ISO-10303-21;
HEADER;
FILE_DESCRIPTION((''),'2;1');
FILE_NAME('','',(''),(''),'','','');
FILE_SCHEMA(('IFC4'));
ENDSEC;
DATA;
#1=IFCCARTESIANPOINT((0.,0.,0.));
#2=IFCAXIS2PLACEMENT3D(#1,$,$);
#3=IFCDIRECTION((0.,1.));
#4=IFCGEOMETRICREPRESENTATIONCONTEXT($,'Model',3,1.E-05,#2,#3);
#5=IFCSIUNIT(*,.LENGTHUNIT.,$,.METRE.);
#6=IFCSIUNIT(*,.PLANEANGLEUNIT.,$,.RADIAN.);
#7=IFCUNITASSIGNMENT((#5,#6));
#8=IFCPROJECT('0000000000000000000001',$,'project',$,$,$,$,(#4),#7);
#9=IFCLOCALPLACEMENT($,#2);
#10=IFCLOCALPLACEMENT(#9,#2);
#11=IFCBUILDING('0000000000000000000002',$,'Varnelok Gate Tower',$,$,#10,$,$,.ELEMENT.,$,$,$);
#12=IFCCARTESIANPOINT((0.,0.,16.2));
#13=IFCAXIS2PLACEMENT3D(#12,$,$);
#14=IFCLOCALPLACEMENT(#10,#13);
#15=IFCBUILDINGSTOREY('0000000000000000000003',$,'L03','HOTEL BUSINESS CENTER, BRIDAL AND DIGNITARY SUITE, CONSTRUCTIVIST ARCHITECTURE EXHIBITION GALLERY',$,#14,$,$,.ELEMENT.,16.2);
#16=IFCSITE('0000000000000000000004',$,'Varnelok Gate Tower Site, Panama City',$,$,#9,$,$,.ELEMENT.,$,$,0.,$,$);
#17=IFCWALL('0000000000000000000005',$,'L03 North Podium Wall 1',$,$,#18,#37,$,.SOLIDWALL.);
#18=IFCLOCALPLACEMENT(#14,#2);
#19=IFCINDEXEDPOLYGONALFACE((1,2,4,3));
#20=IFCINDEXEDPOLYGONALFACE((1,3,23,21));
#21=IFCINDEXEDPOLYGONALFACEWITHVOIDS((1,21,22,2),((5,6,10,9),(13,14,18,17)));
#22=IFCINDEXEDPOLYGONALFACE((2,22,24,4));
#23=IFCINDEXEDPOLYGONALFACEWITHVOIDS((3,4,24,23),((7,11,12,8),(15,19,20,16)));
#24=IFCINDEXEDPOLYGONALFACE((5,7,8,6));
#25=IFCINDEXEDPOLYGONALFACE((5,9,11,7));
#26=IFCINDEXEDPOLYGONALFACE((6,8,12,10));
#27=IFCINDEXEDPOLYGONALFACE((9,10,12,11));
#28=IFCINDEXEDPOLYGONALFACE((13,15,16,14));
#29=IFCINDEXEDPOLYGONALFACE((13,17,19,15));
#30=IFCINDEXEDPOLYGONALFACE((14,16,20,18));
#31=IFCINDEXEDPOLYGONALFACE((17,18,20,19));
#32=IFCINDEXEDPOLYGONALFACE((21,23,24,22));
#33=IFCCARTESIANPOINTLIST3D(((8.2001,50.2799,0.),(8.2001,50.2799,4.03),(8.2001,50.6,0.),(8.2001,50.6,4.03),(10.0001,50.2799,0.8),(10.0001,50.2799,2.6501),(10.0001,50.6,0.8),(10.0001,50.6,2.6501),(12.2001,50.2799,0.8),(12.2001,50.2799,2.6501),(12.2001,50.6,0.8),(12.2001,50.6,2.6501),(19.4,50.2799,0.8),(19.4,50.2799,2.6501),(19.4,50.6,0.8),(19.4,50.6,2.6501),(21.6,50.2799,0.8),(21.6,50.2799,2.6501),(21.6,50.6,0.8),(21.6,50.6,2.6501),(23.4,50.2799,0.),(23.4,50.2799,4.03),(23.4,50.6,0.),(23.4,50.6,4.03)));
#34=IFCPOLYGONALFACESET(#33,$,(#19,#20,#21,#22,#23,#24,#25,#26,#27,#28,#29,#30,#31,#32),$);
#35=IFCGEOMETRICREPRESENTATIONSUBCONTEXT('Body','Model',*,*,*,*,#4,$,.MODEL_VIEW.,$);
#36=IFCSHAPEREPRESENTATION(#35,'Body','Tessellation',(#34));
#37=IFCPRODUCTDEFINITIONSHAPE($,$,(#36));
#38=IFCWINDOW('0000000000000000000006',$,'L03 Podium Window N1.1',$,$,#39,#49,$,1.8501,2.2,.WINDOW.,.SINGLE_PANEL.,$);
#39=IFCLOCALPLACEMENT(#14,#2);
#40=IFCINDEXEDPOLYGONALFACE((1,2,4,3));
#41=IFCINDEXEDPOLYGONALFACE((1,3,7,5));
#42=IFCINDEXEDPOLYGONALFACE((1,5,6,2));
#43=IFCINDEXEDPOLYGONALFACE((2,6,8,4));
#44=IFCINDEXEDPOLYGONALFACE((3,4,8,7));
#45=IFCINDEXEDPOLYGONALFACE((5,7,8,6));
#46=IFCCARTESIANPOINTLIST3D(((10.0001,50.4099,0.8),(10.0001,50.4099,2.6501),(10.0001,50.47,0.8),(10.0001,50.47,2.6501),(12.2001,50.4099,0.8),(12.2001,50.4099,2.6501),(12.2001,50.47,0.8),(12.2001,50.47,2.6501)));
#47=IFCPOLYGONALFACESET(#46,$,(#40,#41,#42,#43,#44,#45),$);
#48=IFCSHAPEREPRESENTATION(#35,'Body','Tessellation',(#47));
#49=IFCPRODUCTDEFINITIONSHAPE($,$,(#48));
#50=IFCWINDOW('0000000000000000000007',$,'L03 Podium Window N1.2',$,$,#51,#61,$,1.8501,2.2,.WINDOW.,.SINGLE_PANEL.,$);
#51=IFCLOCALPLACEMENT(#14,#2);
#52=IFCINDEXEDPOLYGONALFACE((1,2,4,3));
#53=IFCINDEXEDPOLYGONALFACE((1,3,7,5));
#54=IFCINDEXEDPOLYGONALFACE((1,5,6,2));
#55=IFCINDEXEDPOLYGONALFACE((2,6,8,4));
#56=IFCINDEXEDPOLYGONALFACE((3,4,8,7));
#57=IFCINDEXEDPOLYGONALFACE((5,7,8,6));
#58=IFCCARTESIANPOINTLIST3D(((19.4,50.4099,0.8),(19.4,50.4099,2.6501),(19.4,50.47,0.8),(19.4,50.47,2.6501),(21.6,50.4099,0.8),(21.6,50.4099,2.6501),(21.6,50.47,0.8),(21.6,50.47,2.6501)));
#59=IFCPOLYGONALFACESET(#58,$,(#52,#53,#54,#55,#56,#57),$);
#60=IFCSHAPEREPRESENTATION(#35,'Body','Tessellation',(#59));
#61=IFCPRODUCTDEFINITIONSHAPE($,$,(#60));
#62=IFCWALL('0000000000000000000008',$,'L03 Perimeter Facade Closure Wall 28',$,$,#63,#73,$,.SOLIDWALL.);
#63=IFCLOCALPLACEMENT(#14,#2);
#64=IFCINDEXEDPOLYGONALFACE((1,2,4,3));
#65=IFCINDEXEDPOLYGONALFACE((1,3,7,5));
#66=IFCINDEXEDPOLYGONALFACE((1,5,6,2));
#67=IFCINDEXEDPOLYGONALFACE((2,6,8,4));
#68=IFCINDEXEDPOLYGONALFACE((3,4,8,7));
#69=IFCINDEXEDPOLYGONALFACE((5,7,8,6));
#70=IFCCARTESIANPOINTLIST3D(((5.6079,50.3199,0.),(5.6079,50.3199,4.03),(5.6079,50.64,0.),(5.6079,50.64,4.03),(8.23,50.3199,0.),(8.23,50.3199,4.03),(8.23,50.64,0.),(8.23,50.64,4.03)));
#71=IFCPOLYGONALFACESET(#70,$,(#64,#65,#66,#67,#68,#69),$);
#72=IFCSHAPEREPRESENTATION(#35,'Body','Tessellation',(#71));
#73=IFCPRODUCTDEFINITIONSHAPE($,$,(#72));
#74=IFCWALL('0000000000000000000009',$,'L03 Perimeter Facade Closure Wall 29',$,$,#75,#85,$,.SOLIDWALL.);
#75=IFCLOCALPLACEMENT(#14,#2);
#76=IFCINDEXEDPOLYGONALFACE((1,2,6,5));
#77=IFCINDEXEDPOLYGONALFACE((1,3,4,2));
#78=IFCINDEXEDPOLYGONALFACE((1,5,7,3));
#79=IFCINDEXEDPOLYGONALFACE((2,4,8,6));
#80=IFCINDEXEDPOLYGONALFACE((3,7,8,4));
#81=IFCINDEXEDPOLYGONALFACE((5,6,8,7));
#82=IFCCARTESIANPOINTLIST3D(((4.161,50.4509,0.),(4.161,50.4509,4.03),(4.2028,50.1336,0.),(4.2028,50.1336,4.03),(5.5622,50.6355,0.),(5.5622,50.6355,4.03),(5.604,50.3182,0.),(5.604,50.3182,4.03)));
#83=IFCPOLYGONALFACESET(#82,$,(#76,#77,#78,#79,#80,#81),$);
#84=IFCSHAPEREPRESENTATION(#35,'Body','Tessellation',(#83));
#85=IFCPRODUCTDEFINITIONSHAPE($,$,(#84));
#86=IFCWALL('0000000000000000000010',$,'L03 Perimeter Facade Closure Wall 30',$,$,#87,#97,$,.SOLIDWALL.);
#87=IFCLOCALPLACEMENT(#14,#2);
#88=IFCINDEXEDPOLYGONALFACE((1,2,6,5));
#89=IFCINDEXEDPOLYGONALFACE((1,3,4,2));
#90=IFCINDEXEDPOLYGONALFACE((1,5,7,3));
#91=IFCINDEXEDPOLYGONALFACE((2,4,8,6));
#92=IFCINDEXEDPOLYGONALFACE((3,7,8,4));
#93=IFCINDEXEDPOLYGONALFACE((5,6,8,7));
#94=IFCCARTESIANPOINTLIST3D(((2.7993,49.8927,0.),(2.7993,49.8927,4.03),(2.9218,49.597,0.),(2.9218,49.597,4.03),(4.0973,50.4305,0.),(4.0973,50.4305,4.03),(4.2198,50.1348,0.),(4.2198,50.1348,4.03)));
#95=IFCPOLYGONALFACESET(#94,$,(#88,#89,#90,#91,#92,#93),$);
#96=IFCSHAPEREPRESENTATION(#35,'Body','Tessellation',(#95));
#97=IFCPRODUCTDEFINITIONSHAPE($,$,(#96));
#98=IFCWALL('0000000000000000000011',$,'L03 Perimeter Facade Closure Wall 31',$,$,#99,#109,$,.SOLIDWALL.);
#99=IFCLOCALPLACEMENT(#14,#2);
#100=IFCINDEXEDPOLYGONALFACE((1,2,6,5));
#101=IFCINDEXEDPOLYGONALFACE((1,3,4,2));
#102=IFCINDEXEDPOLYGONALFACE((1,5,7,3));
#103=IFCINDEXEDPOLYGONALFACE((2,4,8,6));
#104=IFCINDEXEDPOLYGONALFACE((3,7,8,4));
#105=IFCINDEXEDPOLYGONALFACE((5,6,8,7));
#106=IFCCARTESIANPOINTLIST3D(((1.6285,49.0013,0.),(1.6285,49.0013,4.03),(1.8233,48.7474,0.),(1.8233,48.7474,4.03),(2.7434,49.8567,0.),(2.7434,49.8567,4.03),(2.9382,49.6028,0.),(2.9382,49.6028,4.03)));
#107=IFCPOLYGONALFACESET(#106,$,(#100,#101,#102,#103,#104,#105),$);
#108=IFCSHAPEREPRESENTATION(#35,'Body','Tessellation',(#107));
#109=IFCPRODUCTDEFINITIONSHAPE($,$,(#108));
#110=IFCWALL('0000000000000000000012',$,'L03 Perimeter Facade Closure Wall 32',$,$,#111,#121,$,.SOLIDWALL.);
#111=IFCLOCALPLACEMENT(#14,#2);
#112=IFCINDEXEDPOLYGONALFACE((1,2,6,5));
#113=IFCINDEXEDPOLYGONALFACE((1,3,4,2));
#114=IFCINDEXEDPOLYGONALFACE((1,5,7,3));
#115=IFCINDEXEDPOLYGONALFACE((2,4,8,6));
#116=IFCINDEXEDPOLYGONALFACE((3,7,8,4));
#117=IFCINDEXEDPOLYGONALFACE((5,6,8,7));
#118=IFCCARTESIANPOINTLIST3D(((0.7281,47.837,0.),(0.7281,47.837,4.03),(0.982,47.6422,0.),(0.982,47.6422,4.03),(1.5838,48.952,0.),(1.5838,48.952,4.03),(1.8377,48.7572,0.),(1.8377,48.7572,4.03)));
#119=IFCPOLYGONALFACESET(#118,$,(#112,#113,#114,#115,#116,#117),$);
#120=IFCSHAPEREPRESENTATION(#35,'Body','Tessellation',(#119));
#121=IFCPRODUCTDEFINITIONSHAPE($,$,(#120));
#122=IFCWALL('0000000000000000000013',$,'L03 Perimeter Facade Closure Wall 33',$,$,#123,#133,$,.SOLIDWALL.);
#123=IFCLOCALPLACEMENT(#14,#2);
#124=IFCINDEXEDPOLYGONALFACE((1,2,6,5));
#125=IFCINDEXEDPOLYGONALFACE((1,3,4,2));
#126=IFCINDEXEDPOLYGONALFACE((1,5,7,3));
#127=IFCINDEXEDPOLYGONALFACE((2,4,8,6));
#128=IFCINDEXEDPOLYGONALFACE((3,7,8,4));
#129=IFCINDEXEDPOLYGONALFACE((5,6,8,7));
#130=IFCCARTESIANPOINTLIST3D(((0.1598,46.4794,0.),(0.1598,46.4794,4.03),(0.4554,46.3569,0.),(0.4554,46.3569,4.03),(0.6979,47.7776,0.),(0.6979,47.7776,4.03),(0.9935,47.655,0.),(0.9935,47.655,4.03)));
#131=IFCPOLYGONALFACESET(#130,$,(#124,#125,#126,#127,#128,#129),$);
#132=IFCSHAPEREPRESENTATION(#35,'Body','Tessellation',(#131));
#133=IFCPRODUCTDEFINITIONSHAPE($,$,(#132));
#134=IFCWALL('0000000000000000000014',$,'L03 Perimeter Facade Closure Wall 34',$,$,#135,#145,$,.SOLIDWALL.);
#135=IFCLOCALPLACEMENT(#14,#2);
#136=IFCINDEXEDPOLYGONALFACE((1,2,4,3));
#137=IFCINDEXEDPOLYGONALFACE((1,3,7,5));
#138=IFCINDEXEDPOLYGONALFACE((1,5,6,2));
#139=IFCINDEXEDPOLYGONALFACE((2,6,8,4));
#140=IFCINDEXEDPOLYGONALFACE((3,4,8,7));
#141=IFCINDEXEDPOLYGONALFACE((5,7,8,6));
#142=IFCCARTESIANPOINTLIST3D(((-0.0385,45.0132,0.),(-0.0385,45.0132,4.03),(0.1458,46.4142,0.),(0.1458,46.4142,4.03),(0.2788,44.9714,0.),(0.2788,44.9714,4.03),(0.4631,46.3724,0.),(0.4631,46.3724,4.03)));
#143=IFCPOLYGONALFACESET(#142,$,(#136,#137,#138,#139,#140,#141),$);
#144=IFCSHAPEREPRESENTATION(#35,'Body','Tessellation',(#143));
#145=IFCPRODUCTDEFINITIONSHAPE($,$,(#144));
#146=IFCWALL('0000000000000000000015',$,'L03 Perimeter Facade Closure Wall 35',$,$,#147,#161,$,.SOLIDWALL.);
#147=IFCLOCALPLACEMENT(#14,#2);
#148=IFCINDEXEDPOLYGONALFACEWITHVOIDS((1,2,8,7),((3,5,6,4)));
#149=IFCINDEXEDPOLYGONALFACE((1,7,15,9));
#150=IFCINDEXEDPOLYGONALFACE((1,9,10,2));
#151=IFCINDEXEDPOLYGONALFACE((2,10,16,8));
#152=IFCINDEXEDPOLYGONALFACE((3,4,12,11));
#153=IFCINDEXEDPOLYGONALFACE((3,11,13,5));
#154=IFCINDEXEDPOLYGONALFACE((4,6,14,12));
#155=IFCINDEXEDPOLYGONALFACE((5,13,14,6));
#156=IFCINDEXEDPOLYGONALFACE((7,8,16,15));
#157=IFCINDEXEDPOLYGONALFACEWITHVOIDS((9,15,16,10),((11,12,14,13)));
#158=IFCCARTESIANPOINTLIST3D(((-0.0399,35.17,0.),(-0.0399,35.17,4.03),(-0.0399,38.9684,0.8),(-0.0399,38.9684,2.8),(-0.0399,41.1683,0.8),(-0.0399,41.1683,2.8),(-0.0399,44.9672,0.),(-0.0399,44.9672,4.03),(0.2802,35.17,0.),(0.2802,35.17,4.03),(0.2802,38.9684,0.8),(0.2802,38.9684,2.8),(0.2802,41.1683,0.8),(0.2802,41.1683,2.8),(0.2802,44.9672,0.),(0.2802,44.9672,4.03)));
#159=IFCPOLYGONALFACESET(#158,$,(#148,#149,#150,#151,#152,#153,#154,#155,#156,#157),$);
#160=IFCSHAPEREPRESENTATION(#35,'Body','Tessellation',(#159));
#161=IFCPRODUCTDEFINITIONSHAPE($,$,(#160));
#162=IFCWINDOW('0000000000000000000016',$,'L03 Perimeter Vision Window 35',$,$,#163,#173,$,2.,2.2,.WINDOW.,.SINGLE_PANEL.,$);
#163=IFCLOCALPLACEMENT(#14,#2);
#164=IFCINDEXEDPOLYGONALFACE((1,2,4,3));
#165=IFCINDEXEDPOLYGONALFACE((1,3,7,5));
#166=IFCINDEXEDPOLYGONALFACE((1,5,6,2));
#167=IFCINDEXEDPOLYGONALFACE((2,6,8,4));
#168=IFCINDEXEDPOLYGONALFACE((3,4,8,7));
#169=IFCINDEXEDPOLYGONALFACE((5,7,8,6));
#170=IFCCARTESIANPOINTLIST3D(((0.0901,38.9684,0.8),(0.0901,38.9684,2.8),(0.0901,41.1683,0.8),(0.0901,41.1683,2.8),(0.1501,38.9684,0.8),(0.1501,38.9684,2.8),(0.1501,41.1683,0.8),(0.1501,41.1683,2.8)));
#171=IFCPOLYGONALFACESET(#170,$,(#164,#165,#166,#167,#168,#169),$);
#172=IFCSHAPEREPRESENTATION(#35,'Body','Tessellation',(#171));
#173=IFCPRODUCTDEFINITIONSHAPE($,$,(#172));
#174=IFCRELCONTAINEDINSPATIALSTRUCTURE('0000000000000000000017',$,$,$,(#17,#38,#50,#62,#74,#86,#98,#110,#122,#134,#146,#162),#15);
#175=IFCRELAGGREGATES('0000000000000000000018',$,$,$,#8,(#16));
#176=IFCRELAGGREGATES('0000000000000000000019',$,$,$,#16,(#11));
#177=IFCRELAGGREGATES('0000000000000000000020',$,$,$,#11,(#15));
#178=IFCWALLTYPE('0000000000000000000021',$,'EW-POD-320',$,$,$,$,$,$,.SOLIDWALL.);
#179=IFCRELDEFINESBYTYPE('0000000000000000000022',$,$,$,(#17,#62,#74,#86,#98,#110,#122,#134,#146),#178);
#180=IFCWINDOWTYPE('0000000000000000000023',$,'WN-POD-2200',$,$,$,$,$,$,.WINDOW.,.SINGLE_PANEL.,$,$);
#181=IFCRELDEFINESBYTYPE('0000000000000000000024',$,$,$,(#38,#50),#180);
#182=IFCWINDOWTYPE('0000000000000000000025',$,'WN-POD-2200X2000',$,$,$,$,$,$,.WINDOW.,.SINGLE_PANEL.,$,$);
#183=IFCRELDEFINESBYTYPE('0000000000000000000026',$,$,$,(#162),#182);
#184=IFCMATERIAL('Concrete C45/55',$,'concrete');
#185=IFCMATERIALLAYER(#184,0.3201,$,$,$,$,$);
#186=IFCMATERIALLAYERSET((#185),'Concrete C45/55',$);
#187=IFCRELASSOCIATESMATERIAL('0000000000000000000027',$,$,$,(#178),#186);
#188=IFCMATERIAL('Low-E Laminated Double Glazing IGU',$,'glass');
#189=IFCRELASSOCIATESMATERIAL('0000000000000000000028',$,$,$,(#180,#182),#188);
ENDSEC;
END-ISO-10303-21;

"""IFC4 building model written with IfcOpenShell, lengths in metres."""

from ifc_helpers import new_model, si_unit, direction, frame, frame_2d, origin, place, context, subcontext, project, spatial, rectangle, extrude, material, layer, layer_set, type_object, element, fill, save


model = new_model("IFC4")

# Units and contexts
model_context = context("Model", 3, precision=1e-05, world=origin(), true_north=direction((0.0, 1.0)))
body_context = subcontext(model_context, "Body", "Model", "MODEL_VIEW")
ifc_project = project(units=[si_unit("LENGTHUNIT", "METRE"), si_unit("PLANEANGLEUNIT", "RADIAN")], contexts=[model_context])

# Site, building, storey
site_placement = place(None, origin())
site = spatial("IfcSite", under=ifc_project, at=site_placement, Name="Varnelok Gate Tower Site, Panama City", CompositionType="ELEMENT", RefElevation=0.0)
building_placement = place(site_placement, origin())
building = spatial("IfcBuilding", under=site, at=building_placement, Name="Varnelok Gate Tower", CompositionType="ELEMENT")
storey_placement = place(building_placement, frame((0.0, 0.0, 16.2)))
storey = spatial("IfcBuildingStorey", under=building, at=storey_placement, Name="L03", Description="HOTEL BUSINESS CENTER, BRIDAL AND DIGNITARY SUITE, CONSTRUCTIVIST ARCHITECTURE EXHIBITION GALLERY", CompositionType="ELEMENT", Elevation=16.2)

# Wall, openings, windows
ifc_material_1 = material(Name="Concrete C45/55", Category="concrete")
ifc_layer_1 = layer(ifc_material_1, 0.3201)
ifc_layer_set_1 = layer_set([ifc_layer_1], Name="Concrete C45/55")
wall_type_1 = type_object("IfcWallType", Name="EW-POD-320", PredefinedType="SOLIDWALL", material=ifc_layer_set_1)
wall_1_placement = place(storey_placement, frame((8.2, 50.4399, 0.0), z_axis=(0.0, 0.0, 1.0), x_axis=(1.0, 0.0, 0.0)))
wall_1 = element("IfcWall", 1, at=wall_1_placement, inside=storey, type_object=wall_type_1, Name="L03 North Podium Wall 1", PredefinedType="SOLIDWALL", context=body_context, shape_type="SweptSolid", body=[
    extrude(rectangle(XDim=15.2, YDim=0.3201, at=frame_2d((7.6001, 0.0))), origin(), (0.0, 0.0, 1.0), 4.03),
])
opening_1_placement = place(wall_1_placement, frame((1.8, 0.0, 0.8)))
opening_1 = element("IfcOpeningElement", 2, at=opening_1_placement, cuts=wall_1, PredefinedType="OPENING", context=body_context, shape_type="SweptSolid", body=[
    extrude(rectangle(XDim=2.2, YDim=1.8501, at=frame_2d((1.1001, 0.925))), frame((0.0, 0.1699, 0.0), z_axis=(0.0, -1.0, 0.0), x_axis=(1.0, 0.0, 0.0)), (0.0, 0.0, 1.0), 0.3401),
])
opening_2_placement = place(wall_1_placement, frame((11.2, 0.0, 0.8)))
opening_2 = element("IfcOpeningElement", 3, at=opening_2_placement, cuts=wall_1, PredefinedType="OPENING", context=body_context, shape_type="SweptSolid", body=[
    extrude(rectangle(XDim=2.2, YDim=1.8501, at=frame_2d((1.1001, 0.925))), frame((0.0, 0.1699, 0.0), z_axis=(0.0, -1.0, 0.0), x_axis=(1.0, 0.0, 0.0)), (0.0, 0.0, 1.0), 0.3401),
])
ifc_material_2 = material(Name="Low-E Laminated Double Glazing IGU", Category="glass")
window_type_1 = type_object("IfcWindowType", Name="WN-POD-2200", PartitioningType="SINGLE_PANEL", PredefinedType="WINDOW", material=ifc_material_2)
window_1_placement = place(opening_1_placement, origin())
window_1 = element("IfcWindow", 4, at=window_1_placement, inside=storey, type_object=window_type_1, Name="L03 Podium Window N1.1", OverallHeight=1.8501, OverallWidth=2.2, PartitioningType="SINGLE_PANEL", PredefinedType="WINDOW", context=body_context, shape_type="SweptSolid", body=[
    extrude(rectangle(XDim=2.2, YDim=1.8501, at=frame_2d((1.1001, 0.925))), frame((0.0, 0.03, 0.0), z_axis=(0.0, -1.0, 0.0), x_axis=(1.0, 0.0, 0.0)), (0.0, 0.0, 1.0), 0.0601),
])
fill(opening_1, window_1)
window_2_placement = place(opening_2_placement, origin())
window_2 = element("IfcWindow", 5, at=window_2_placement, inside=storey, type_object=window_type_1, Name="L03 Podium Window N1.2", OverallHeight=1.8501, OverallWidth=2.2, PartitioningType="SINGLE_PANEL", PredefinedType="WINDOW", context=body_context, shape_type="SweptSolid", body=[
    extrude(rectangle(XDim=2.2, YDim=1.8501, at=frame_2d((1.1001, 0.925))), frame((0.0, 0.03, 0.0), z_axis=(0.0, -1.0, 0.0), x_axis=(1.0, 0.0, 0.0)), (0.0, 0.0, 1.0), 0.0601),
])
fill(opening_2, window_2)

# Walls
wall_2_placement = place(storey_placement, frame((8.23, 50.48, 0.0), z_axis=(0.0, 0.0, 1.0), x_axis=(-1.0, 0.0, 0.0)))
element("IfcWall", 6, at=wall_2_placement, inside=storey, type_object=wall_type_1, Name="L03 Perimeter Facade Closure Wall 28", PredefinedType="SOLIDWALL", context=body_context, shape_type="SweptSolid", body=[
    extrude(rectangle(XDim=2.6221, YDim=0.3201, at=frame_2d((1.311, 0.0))), origin(), (0.0, 0.0, 1.0), 4.03),
])
wall_3_placement = place(storey_placement, frame((5.583, 50.4768, 0.0), z_axis=(0.0, 0.0, 1.0), x_axis=(-0.991435, -0.130602, 0.0)))
element("IfcWall", 7, at=wall_3_placement, inside=storey, type_object=wall_type_1, Name="L03 Perimeter Facade Closure Wall 29", PredefinedType="SOLIDWALL", context=body_context, shape_type="SweptSolid", body=[
    extrude(rectangle(XDim=1.4133, YDim=0.3201, at=frame_2d((0.7065, 0.0))), origin(), (0.0, 0.0, 1.0), 4.03),
])
wall_4_placement = place(storey_placement, frame((4.1587, 50.2827, 0.0), z_axis=(0.0, 0.0, 1.0), x_axis=(-0.923841, -0.382776, 0.0)))
element("IfcWall", 8, at=wall_4_placement, inside=storey, type_object=wall_type_1, Name="L03 Perimeter Facade Closure Wall 30", PredefinedType="SOLIDWALL", context=body_context, shape_type="SweptSolid", body=[
    extrude(rectangle(XDim=1.405, YDim=0.3201, at=frame_2d((0.7026, 0.0))), origin(), (0.0, 0.0, 1.0), 4.03),
])
wall_5_placement = place(storey_placement, frame((2.8408, 49.7297, 0.0), z_axis=(0.0, 0.0, 1.0), x_axis=(-0.793385, -0.60872, 0.0)))
element("IfcWall", 9, at=wall_5_placement, inside=storey, type_object=wall_type_1, Name="L03 Perimeter Facade Closure Wall 31", PredefinedType="SOLIDWALL", context=body_context, shape_type="SweptSolid", body=[
    extrude(rectangle(XDim=1.4053, YDim=0.3201, at=frame_2d((0.7026, 0.0))), origin(), (0.0, 0.0, 1.0), 4.03),
])
wall_6_placement = place(storey_placement, frame((1.7107, 48.8545, 0.0), z_axis=(0.0, 0.0, 1.0), x_axis=(-0.608829, -0.793302, 0.0)))
element("IfcWall", 10, at=wall_6_placement, inside=storey, type_object=wall_type_1, Name="L03 Perimeter Facade Closure Wall 32", PredefinedType="SOLIDWALL", context=body_context, shape_type="SweptSolid", body=[
    extrude(rectangle(XDim=1.4055, YDim=0.3201, at=frame_2d((0.7026, 0.0))), origin(), (0.0, 0.0, 1.0), 4.03),
])
wall_7_placement = place(storey_placement, frame((0.8457, 47.7163, 0.0), z_axis=(0.0, 0.0, 1.0), x_axis=(-0.382925, -0.92378, 0.0)))
element("IfcWall", 11, at=wall_7_placement, inside=storey, type_object=wall_type_1, Name="L03 Perimeter Facade Closure Wall 33", PredefinedType="SOLIDWALL", context=body_context, shape_type="SweptSolid", body=[
    extrude(rectangle(XDim=1.4053, YDim=0.3201, at=frame_2d((0.7026, 0.0))), origin(), (0.0, 0.0, 1.0), 4.03),
])
wall_8_placement = place(storey_placement, frame((0.3044, 46.3933, 0.0), z_axis=(0.0, 0.0, 1.0), x_axis=(-0.130432, -0.991457, 0.0)))
element("IfcWall", 12, at=wall_8_placement, inside=storey, type_object=wall_type_1, Name="L03 Perimeter Facade Closure Wall 34", PredefinedType="SOLIDWALL", context=body_context, shape_type="SweptSolid", body=[
    extrude(rectangle(XDim=1.4131, YDim=0.3201, at=frame_2d((0.7065, 0.0))), origin(), (0.0, 0.0, 1.0), 4.03),
])

# Wall, opening, window
wall_9_placement = place(storey_placement, frame((0.1201, 44.967, 0.0), z_axis=(0.0, 0.0, 1.0), x_axis=(0.0, -1.0, 0.0)))
wall_9 = element("IfcWall", 13, at=wall_9_placement, inside=storey, type_object=wall_type_1, Name="L03 Perimeter Facade Closure Wall 35", PredefinedType="SOLIDWALL", context=body_context, shape_type="SweptSolid", body=[
    extrude(rectangle(XDim=9.7971, YDim=0.3201, at=frame_2d((4.8984, 0.0))), origin(), (0.0, 0.0, 1.0), 4.03),
])
opening_3_placement = place(wall_9_placement, frame((3.7986, 0.0, 0.8)))
opening_3 = element("IfcOpeningElement", 14, at=opening_3_placement, cuts=wall_9, PredefinedType="OPENING", context=body_context, shape_type="SweptSolid", body=[
    extrude(rectangle(XDim=2.2, YDim=2.0, at=frame_2d((1.1001, 1.0))), frame((0.0, 0.1699, 0.0), z_axis=(0.0, -1.0, 0.0), x_axis=(1.0, 0.0, 0.0)), (0.0, 0.0, 1.0), 0.3401),
])
window_type_2 = type_object("IfcWindowType", Name="WN-POD-2200X2000", PartitioningType="SINGLE_PANEL", PredefinedType="WINDOW", material=ifc_material_2)
window_3_placement = place(opening_3_placement, origin())
window_3 = element("IfcWindow", 15, at=window_3_placement, inside=storey, type_object=window_type_2, Name="L03 Perimeter Vision Window 35", OverallHeight=2.0, OverallWidth=2.2, PartitioningType="SINGLE_PANEL", PredefinedType="WINDOW", context=body_context, shape_type="SweptSolid", body=[
    extrude(rectangle(XDim=2.2, YDim=2.0, at=frame_2d((1.1001, 1.0))), frame((0.0, 0.03, 0.0), z_axis=(0.0, -1.0, 0.0), x_axis=(1.0, 0.0, 0.0)), (0.0, 0.0, 1.0), 0.0601),
])
fill(opening_3, window_3)

save(model, "model.ifc")
